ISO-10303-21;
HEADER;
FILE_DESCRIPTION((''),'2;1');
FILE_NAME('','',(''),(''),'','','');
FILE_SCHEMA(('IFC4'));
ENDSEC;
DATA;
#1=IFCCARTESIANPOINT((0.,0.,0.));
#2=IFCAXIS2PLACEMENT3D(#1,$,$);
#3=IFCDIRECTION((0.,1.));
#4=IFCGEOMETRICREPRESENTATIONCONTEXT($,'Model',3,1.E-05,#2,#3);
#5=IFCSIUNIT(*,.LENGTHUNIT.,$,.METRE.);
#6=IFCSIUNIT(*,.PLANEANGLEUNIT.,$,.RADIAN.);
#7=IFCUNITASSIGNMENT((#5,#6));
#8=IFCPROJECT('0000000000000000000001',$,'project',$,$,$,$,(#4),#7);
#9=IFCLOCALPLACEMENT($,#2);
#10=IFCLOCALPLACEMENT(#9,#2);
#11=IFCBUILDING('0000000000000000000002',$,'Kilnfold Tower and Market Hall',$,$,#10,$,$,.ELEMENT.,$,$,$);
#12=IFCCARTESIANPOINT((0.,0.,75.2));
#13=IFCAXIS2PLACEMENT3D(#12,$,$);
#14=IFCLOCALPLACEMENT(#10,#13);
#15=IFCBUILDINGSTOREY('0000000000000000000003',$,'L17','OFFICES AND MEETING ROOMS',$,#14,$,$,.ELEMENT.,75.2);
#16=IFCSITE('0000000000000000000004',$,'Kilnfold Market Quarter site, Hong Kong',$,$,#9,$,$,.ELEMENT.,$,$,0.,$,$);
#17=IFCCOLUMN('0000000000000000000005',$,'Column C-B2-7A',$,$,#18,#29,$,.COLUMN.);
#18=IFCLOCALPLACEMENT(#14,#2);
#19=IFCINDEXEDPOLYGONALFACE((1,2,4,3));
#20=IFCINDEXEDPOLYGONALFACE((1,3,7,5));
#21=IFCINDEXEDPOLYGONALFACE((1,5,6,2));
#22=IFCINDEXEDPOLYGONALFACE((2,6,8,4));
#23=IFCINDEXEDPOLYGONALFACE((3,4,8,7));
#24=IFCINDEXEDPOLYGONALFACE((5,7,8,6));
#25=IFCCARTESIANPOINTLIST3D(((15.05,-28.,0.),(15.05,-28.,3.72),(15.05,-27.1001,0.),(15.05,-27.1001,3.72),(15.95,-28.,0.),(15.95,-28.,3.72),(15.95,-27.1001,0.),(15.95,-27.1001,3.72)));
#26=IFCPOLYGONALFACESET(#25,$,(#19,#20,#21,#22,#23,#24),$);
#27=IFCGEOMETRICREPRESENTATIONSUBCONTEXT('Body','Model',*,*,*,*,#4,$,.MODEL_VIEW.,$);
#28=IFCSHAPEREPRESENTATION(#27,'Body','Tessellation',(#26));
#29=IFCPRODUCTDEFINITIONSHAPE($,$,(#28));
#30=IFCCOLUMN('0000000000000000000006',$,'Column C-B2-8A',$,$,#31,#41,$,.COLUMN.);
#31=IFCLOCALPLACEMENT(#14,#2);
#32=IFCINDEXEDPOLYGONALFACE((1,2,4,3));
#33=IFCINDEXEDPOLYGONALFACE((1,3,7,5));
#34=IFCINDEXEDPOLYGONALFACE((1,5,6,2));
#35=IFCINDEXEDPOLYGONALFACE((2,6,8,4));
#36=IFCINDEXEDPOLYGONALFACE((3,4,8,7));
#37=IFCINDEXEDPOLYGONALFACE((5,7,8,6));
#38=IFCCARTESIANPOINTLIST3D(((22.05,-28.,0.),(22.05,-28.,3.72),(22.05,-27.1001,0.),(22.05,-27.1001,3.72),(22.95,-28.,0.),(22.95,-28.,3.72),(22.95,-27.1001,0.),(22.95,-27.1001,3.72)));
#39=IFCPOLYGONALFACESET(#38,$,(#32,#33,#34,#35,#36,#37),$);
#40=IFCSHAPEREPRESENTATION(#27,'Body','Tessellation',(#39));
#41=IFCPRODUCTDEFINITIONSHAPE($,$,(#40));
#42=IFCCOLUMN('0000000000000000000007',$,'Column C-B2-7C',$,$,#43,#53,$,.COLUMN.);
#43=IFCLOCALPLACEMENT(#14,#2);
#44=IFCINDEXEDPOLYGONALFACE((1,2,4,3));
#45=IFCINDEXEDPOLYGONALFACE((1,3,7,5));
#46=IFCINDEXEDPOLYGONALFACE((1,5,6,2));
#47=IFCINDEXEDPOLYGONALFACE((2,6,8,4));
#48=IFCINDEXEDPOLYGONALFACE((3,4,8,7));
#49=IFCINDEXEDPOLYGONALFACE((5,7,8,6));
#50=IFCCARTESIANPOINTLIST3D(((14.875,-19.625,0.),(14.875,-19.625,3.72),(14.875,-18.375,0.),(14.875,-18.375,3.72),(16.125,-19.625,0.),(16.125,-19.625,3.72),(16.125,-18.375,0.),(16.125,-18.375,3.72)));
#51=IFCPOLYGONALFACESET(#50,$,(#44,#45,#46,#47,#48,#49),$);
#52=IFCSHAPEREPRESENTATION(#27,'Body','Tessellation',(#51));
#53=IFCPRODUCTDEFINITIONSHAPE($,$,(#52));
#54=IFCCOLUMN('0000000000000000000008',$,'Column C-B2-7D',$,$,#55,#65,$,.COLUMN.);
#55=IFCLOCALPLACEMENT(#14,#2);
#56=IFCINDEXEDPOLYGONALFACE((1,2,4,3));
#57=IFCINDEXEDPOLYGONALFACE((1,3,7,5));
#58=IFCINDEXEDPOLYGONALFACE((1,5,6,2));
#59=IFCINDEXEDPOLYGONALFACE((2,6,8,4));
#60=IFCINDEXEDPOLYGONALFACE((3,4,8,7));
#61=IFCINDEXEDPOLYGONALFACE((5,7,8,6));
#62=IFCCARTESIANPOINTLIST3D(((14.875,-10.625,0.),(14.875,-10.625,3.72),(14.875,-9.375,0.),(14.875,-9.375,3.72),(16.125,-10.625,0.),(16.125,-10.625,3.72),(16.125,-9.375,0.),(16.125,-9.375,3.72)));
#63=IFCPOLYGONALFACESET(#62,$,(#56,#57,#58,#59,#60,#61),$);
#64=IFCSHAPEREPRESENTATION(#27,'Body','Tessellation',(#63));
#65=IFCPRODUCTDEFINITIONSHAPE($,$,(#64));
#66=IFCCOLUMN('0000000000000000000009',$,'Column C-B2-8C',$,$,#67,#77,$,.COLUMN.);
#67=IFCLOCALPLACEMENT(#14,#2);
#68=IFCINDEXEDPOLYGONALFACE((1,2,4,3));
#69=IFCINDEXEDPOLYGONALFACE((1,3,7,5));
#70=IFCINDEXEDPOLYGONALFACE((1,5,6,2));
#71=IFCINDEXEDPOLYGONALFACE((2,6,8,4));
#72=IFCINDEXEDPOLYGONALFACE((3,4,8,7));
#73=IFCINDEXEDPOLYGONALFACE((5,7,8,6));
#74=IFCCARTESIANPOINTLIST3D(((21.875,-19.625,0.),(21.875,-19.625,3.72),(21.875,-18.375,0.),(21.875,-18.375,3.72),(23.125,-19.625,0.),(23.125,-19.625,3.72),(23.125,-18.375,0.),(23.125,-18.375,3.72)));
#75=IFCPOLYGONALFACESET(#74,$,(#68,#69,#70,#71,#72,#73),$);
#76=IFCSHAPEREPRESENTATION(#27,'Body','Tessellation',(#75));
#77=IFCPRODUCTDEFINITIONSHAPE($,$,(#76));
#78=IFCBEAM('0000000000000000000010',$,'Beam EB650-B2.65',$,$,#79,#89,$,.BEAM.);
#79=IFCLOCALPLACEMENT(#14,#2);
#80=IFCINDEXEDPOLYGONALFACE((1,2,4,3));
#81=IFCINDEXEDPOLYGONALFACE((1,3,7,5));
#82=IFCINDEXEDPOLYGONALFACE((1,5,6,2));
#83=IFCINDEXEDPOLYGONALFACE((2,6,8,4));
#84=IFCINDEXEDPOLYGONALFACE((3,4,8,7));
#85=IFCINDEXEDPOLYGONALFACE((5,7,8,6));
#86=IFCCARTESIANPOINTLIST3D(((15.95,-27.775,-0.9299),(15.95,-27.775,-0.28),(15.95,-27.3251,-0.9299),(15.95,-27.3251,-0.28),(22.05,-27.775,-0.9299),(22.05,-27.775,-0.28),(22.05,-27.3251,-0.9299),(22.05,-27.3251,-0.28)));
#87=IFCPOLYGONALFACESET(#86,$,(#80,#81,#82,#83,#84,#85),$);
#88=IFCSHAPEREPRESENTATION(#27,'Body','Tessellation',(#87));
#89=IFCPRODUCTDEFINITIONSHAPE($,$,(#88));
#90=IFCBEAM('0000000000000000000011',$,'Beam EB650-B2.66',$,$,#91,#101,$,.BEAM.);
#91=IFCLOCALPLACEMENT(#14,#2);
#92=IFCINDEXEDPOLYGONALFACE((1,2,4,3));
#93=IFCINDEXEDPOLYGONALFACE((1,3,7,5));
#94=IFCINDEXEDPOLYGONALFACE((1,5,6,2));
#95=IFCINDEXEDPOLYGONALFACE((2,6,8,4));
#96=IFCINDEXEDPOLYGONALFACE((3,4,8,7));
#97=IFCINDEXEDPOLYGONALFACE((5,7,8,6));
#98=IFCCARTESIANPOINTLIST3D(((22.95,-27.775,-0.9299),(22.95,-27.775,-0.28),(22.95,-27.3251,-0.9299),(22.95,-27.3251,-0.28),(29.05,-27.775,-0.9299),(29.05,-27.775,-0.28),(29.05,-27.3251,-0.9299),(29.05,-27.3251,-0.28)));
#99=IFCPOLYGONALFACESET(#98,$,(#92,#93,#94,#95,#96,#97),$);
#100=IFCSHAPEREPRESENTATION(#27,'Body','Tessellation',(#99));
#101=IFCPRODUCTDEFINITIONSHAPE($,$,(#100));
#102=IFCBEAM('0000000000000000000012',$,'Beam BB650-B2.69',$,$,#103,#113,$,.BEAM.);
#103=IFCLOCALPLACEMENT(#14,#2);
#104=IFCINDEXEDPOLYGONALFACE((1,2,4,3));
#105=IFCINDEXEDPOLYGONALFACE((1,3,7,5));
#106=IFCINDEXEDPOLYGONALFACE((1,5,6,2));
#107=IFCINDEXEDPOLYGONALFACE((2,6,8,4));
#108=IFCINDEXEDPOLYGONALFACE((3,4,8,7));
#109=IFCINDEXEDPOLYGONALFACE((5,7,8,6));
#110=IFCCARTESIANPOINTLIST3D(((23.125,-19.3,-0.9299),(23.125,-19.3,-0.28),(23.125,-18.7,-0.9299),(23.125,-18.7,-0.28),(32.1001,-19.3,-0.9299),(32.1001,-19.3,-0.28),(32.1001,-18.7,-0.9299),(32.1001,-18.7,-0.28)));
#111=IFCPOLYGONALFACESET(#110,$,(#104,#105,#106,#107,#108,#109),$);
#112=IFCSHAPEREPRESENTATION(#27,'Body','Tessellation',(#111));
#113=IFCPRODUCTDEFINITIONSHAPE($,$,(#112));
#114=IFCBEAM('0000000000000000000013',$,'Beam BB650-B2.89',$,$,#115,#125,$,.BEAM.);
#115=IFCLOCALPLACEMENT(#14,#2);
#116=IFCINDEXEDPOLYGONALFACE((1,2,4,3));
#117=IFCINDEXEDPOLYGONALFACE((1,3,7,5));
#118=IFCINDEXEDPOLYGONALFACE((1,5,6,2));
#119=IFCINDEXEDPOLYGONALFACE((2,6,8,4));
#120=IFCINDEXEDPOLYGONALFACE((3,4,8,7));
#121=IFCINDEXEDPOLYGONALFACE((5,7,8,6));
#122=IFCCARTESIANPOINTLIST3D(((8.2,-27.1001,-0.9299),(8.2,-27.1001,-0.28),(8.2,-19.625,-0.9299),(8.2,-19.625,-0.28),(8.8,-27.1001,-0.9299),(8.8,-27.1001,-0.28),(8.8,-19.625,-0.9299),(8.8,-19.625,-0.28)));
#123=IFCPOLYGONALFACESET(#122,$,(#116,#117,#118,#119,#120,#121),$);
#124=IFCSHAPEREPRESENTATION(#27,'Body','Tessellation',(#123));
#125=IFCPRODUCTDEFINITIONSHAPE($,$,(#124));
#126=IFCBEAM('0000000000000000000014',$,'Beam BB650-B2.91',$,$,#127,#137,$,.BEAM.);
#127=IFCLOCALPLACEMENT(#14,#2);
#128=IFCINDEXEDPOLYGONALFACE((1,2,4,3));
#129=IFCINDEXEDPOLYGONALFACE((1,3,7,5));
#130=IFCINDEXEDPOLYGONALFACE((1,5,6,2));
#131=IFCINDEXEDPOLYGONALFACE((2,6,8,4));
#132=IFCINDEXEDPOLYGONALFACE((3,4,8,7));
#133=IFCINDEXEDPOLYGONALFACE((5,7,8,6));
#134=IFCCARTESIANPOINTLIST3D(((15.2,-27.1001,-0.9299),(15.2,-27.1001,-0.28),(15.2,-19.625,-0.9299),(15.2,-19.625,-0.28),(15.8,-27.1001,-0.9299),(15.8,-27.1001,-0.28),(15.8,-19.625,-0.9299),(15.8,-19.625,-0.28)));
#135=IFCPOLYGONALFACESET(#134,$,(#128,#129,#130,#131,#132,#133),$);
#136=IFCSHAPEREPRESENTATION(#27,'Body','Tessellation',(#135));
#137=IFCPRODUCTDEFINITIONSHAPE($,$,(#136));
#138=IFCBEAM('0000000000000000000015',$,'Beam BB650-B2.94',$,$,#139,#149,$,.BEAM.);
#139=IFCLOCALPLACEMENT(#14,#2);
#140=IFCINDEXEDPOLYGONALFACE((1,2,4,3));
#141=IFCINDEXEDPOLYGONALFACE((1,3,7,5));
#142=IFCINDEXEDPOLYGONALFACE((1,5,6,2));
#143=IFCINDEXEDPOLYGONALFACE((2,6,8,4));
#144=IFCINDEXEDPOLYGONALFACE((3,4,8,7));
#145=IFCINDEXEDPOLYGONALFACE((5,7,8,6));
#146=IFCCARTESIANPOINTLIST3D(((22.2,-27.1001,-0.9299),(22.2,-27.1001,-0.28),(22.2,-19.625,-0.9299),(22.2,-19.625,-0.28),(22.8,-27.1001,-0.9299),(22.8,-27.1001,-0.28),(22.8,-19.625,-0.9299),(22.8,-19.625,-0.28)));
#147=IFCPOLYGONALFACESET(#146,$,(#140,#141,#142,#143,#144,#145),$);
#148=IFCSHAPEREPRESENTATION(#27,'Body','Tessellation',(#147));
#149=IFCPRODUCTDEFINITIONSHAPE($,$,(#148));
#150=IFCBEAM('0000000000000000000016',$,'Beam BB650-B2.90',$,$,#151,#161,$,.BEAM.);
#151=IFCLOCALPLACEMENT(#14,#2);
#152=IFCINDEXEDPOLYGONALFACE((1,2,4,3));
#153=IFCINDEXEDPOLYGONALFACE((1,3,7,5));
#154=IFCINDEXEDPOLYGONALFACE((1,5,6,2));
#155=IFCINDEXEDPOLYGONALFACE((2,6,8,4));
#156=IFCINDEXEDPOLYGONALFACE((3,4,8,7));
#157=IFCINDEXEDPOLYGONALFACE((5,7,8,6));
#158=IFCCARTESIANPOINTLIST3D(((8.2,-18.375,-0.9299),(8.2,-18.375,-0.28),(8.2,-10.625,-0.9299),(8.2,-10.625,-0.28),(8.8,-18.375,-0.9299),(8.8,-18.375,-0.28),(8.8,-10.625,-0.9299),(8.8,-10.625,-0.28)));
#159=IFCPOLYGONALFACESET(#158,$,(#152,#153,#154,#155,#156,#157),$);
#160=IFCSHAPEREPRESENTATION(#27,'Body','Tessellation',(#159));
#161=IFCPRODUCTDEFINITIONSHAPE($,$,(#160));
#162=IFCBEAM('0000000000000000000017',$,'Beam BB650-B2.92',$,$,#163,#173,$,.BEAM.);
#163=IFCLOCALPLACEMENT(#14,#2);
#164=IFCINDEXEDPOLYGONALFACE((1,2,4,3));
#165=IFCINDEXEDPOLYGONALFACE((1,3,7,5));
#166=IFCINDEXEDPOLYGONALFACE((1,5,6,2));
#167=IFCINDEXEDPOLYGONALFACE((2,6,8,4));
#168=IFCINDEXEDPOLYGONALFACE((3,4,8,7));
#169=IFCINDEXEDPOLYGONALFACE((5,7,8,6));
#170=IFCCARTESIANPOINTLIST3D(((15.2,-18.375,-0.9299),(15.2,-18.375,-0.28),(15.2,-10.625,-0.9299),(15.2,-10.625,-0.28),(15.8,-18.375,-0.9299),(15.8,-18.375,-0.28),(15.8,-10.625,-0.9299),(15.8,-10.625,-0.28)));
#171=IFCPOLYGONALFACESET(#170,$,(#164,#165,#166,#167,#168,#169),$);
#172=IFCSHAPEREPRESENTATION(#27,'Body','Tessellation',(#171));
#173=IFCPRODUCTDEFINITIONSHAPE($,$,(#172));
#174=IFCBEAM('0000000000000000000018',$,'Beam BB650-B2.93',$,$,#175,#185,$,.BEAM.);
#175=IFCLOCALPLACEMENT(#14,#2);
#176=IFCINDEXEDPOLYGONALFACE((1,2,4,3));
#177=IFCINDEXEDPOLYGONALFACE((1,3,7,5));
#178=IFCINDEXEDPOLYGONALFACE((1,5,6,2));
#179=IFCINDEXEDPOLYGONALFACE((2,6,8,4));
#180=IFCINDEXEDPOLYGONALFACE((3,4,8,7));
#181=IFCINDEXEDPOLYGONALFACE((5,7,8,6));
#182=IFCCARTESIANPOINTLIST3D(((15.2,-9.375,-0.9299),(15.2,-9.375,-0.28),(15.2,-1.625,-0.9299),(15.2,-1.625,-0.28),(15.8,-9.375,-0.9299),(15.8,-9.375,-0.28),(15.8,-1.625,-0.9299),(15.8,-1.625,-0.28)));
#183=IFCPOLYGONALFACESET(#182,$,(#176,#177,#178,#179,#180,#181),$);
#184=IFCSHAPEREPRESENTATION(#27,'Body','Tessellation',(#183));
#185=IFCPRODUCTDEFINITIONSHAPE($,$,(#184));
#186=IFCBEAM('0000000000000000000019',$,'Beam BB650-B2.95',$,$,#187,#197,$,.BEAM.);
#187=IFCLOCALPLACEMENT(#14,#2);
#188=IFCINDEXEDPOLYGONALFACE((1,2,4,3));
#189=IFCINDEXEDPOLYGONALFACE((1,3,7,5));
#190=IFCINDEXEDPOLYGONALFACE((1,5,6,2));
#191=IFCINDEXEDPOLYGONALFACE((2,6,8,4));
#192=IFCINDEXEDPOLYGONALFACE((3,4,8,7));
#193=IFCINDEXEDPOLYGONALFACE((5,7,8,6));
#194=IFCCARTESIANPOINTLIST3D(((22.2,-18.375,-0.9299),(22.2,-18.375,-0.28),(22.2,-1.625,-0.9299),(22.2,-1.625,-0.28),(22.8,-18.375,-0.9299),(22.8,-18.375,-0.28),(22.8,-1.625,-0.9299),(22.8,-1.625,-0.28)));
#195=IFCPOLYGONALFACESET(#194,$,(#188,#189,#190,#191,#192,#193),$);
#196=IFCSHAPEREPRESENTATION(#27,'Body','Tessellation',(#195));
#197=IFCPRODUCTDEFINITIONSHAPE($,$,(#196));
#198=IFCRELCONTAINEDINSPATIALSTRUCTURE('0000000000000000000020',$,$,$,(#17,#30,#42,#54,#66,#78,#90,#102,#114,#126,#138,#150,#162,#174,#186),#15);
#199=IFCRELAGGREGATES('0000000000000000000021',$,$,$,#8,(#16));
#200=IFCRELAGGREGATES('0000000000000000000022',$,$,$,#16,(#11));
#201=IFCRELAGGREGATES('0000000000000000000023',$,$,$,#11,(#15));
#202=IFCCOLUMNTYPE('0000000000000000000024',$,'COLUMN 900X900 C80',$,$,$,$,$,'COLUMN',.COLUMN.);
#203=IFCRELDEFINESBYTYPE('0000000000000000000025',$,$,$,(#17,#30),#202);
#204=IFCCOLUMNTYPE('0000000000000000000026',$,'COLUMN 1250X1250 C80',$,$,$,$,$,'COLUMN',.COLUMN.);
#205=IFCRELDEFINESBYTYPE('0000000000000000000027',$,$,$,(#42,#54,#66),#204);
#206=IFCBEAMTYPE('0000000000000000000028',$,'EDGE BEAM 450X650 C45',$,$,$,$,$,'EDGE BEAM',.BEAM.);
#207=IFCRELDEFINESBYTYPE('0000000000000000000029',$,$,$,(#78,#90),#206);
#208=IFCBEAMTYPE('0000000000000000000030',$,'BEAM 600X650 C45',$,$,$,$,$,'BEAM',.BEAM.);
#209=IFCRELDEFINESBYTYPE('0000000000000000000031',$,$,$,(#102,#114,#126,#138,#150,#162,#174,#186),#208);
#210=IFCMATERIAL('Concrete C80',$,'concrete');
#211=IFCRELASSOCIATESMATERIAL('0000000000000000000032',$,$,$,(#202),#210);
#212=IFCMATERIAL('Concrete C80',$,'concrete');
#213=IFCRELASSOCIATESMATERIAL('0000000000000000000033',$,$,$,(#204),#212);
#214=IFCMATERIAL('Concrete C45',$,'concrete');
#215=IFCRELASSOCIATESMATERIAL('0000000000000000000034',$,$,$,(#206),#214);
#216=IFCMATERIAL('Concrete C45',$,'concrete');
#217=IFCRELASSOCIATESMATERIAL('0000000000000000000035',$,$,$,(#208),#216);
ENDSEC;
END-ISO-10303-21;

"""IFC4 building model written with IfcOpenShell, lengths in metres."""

from ifc_helpers import new_model, si_unit, direction, frame, origin, origin_2d, place, context, subcontext, project, spatial, rectangle, extrude, source, transform, mapped, material, material_profile, profile_set, type_object, element, save


model = new_model("IFC4")

# Units and contexts
model_context = context("Model", 3, precision=1e-05, world=origin(), true_north=direction((0.0, 1.0)))
body_context = subcontext(model_context, "Body", "Model", "MODEL_VIEW")
ifc_project = project(units=[si_unit("LENGTHUNIT", "METRE"), si_unit("PLANEANGLEUNIT", "RADIAN")], contexts=[model_context])

# Site, building, storey
site_placement = place(None, origin())
site = spatial("IfcSite", under=ifc_project, at=site_placement, Name="Kilnfold Market Quarter site, Hong Kong", CompositionType="ELEMENT", RefElevation=0.0)
building_placement = place(site_placement, origin())
building = spatial("IfcBuilding", under=site, at=building_placement, Name="Kilnfold Tower and Market Hall", CompositionType="ELEMENT")
storey_placement = place(building_placement, frame((0.0, 0.0, 75.2)))
storey = spatial("IfcBuildingStorey", under=building, at=storey_placement, Name="L17", Description="OFFICES AND MEETING ROOMS", CompositionType="ELEMENT", Elevation=75.2)

# Columns
ifc_material_1 = material(Name="Concrete C80", Category="concrete")
ifc_material_profile_1 = material_profile(ifc_material_1, rectangle(XDim=0.8999, YDim=0.8999, at=origin_2d()), Name="RC 900x900")
ifc_profile_set_1 = profile_set([ifc_material_profile_1], Name="Concrete C80")
column_type_1 = type_object("IfcColumnType", Name="COLUMN 900X900 C80", ElementType="COLUMN", PredefinedType="COLUMN", material=ifc_profile_set_1)
shared_shape_1 = source(origin(), body_context, "Body", "SweptSolid", [
    extrude(rectangle(XDim=0.8999, YDim=0.8999, at=origin_2d()), origin(), (0.0, 0.0, 1.0), 3.72),
])
for number, where, z_axis, x_axis, name in (
    (1, (15.5, -27.55, 0.0), (0.0, 0.0, 1.0), (1.0, 0.0, 0.0), "Column C-B2-7A"),
    (2, (22.5, -27.55, 0.0), (0.0, 0.0, 1.0), (1.0, 0.0, 0.0), "Column C-B2-8A"),
):
    element("IfcColumn", number, at=place(storey_placement, frame(where, z_axis=z_axis, x_axis=x_axis)), inside=storey, type_object=column_type_1, Name=name, PredefinedType="COLUMN", context=body_context, shape_type="MappedRepresentation", body=[
        mapped(shared_shape_1, transform((0.0, 0.0, 0.0))),
    ])
ifc_material_2 = material(Name="Concrete C80", Category="concrete")
ifc_material_profile_2 = material_profile(ifc_material_2, rectangle(XDim=1.25, YDim=1.25, at=origin_2d()), Name="RC 1250x1250")
ifc_profile_set_2 = profile_set([ifc_material_profile_2], Name="Concrete C80")
column_type_2 = type_object("IfcColumnType", Name="COLUMN 1250X1250 C80", ElementType="COLUMN", PredefinedType="COLUMN", material=ifc_profile_set_2)
shared_shape_2 = source(origin(), body_context, "Body", "SweptSolid", [
    extrude(rectangle(XDim=1.25, YDim=1.25, at=origin_2d()), origin(), (0.0, 0.0, 1.0), 3.72),
])
for number, where, z_axis, x_axis, name in (
    (3, (15.5, -19.0, 0.0), (0.0, 0.0, 1.0), (1.0, 0.0, 0.0), "Column C-B2-7C"),
    (4, (15.5, -10.0, 0.0), (0.0, 0.0, 1.0), (1.0, 0.0, 0.0), "Column C-B2-7D"),
    (5, (22.5, -19.0, 0.0), (0.0, 0.0, 1.0), (1.0, 0.0, 0.0), "Column C-B2-8C"),
):
    element("IfcColumn", number, at=place(storey_placement, frame(where, z_axis=z_axis, x_axis=x_axis)), inside=storey, type_object=column_type_2, Name=name, PredefinedType="COLUMN", context=body_context, shape_type="MappedRepresentation", body=[
        mapped(shared_shape_2, transform((0.0, 0.0, 0.0))),
    ])

# Beams
ifc_material_3 = material(Name="Concrete C45", Category="concrete")
ifc_material_profile_3 = material_profile(ifc_material_3, rectangle(XDim=0.45, YDim=0.6499, at=origin_2d()), Name="RC 450x650")
ifc_profile_set_3 = profile_set([ifc_material_profile_3], Name="Concrete C45")
beam_type_1 = type_object("IfcBeamType", Name="EDGE BEAM 450X650 C45", ElementType="EDGE BEAM", PredefinedType="BEAM", material=ifc_profile_set_3)
shared_shape_3 = source(origin(), body_context, "Body", "SweptSolid", [
    extrude(rectangle(XDim=0.45, YDim=0.6499, at=origin_2d()), origin(), (0.0, 0.0, 1.0), 6.1001),
])
for number, where, z_axis, x_axis, name in (
    (6, (15.95, -27.55, -0.605), (1.0, 0.0, 0.0), (0.0, 1.0, 0.0), "Beam EB650-B2.65"),
    (7, (22.95, -27.55, -0.605), (1.0, 0.0, 0.0), (0.0, 1.0, 0.0), "Beam EB650-B2.66"),
):
    element("IfcBeam", number, at=place(storey_placement, frame(where, z_axis=z_axis, x_axis=x_axis)), inside=storey, type_object=beam_type_1, Name=name, PredefinedType="BEAM", context=body_context, shape_type="MappedRepresentation", body=[
        mapped(shared_shape_3, transform((0.0, 0.0, 0.0))),
    ])
ifc_material_4 = material(Name="Concrete C45", Category="concrete")
ifc_material_profile_4 = material_profile(ifc_material_4, rectangle(XDim=0.6001, YDim=0.6499, at=origin_2d()), Name="RC 600x650")
ifc_profile_set_4 = profile_set([ifc_material_profile_4], Name="Concrete C45")
beam_type_2 = type_object("IfcBeamType", Name="BEAM 600X650 C45", ElementType="BEAM", PredefinedType="BEAM", material=ifc_profile_set_4)
shared_shape_4 = source(origin(), body_context, "Body", "SweptSolid", [
    extrude(rectangle(XDim=0.6001, YDim=0.6499, at=origin_2d()), origin(), (0.0, 0.0, 1.0), 8.9751),
])
beam_1_placement = place(storey_placement, frame((23.125, -19.0, -0.605), z_axis=(1.0, 0.0, 0.0), x_axis=(0.0, 1.0, 0.0)))
element("IfcBeam", 8, at=beam_1_placement, inside=storey, type_object=beam_type_2, Name="Beam BB650-B2.69", PredefinedType="BEAM", context=body_context, shape_type="MappedRepresentation", body=[
    mapped(shared_shape_4, transform((0.0, 0.0, 0.0))),
])
shared_shape_5 = source(origin(), body_context, "Body", "SweptSolid", [
    extrude(rectangle(XDim=0.6001, YDim=0.6499, at=origin_2d()), origin(), (0.0, 0.0, 1.0), 7.4751),
])
for number, where, z_axis, x_axis, name in (
    (9, (8.5, -27.1001, -0.605), (0.0, 1.0, 0.0), (-1.0, 0.0, 0.0), "Beam BB650-B2.89"),
    (10, (15.5, -27.1001, -0.605), (0.0, 1.0, 0.0), (-1.0, 0.0, 0.0), "Beam BB650-B2.91"),
    (11, (22.5, -27.1001, -0.605), (0.0, 1.0, 0.0), (-1.0, 0.0, 0.0), "Beam BB650-B2.94"),
):
    element("IfcBeam", number, at=place(storey_placement, frame(where, z_axis=z_axis, x_axis=x_axis)), inside=storey, type_object=beam_type_2, Name=name, PredefinedType="BEAM", context=body_context, shape_type="MappedRepresentation", body=[
        mapped(shared_shape_5, transform((0.0, 0.0, 0.0))),
    ])
shared_shape_6 = source(origin(), body_context, "Body", "SweptSolid", [
    extrude(rectangle(XDim=0.6001, YDim=0.6499, at=origin_2d()), origin(), (0.0, 0.0, 1.0), 7.75),
])
for number, where, z_axis, x_axis, name in (
    (12, (8.5, -18.375, -0.605), (0.0, 1.0, 0.0), (-1.0, 0.0, 0.0), "Beam BB650-B2.90"),
    (13, (15.5, -18.375, -0.605), (0.0, 1.0, 0.0), (-1.0, 0.0, 0.0), "Beam BB650-B2.92"),
    (14, (15.5, -9.375, -0.605), (0.0, 1.0, 0.0), (-1.0, 0.0, 0.0), "Beam BB650-B2.93"),
):
    element("IfcBeam", number, at=place(storey_placement, frame(where, z_axis=z_axis, x_axis=x_axis)), inside=storey, type_object=beam_type_2, Name=name, PredefinedType="BEAM", context=body_context, shape_type="MappedRepresentation", body=[
        mapped(shared_shape_6, transform((0.0, 0.0, 0.0))),
    ])
shared_shape_7 = source(origin(), body_context, "Body", "SweptSolid", [
    extrude(rectangle(XDim=0.6001, YDim=0.6499, at=origin_2d()), origin(), (0.0, 0.0, 1.0), 16.75),
])
beam_2_placement = place(storey_placement, frame((22.5, -18.375, -0.605), z_axis=(0.0, 1.0, 0.0), x_axis=(-1.0, 0.0, 0.0)))
element("IfcBeam", 15, at=beam_2_placement, inside=storey, type_object=beam_type_2, Name="Beam BB650-B2.95", PredefinedType="BEAM", context=body_context, shape_type="MappedRepresentation", body=[
    mapped(shared_shape_7, transform((0.0, 0.0, 0.0))),
])

save(model, "model.ifc")
